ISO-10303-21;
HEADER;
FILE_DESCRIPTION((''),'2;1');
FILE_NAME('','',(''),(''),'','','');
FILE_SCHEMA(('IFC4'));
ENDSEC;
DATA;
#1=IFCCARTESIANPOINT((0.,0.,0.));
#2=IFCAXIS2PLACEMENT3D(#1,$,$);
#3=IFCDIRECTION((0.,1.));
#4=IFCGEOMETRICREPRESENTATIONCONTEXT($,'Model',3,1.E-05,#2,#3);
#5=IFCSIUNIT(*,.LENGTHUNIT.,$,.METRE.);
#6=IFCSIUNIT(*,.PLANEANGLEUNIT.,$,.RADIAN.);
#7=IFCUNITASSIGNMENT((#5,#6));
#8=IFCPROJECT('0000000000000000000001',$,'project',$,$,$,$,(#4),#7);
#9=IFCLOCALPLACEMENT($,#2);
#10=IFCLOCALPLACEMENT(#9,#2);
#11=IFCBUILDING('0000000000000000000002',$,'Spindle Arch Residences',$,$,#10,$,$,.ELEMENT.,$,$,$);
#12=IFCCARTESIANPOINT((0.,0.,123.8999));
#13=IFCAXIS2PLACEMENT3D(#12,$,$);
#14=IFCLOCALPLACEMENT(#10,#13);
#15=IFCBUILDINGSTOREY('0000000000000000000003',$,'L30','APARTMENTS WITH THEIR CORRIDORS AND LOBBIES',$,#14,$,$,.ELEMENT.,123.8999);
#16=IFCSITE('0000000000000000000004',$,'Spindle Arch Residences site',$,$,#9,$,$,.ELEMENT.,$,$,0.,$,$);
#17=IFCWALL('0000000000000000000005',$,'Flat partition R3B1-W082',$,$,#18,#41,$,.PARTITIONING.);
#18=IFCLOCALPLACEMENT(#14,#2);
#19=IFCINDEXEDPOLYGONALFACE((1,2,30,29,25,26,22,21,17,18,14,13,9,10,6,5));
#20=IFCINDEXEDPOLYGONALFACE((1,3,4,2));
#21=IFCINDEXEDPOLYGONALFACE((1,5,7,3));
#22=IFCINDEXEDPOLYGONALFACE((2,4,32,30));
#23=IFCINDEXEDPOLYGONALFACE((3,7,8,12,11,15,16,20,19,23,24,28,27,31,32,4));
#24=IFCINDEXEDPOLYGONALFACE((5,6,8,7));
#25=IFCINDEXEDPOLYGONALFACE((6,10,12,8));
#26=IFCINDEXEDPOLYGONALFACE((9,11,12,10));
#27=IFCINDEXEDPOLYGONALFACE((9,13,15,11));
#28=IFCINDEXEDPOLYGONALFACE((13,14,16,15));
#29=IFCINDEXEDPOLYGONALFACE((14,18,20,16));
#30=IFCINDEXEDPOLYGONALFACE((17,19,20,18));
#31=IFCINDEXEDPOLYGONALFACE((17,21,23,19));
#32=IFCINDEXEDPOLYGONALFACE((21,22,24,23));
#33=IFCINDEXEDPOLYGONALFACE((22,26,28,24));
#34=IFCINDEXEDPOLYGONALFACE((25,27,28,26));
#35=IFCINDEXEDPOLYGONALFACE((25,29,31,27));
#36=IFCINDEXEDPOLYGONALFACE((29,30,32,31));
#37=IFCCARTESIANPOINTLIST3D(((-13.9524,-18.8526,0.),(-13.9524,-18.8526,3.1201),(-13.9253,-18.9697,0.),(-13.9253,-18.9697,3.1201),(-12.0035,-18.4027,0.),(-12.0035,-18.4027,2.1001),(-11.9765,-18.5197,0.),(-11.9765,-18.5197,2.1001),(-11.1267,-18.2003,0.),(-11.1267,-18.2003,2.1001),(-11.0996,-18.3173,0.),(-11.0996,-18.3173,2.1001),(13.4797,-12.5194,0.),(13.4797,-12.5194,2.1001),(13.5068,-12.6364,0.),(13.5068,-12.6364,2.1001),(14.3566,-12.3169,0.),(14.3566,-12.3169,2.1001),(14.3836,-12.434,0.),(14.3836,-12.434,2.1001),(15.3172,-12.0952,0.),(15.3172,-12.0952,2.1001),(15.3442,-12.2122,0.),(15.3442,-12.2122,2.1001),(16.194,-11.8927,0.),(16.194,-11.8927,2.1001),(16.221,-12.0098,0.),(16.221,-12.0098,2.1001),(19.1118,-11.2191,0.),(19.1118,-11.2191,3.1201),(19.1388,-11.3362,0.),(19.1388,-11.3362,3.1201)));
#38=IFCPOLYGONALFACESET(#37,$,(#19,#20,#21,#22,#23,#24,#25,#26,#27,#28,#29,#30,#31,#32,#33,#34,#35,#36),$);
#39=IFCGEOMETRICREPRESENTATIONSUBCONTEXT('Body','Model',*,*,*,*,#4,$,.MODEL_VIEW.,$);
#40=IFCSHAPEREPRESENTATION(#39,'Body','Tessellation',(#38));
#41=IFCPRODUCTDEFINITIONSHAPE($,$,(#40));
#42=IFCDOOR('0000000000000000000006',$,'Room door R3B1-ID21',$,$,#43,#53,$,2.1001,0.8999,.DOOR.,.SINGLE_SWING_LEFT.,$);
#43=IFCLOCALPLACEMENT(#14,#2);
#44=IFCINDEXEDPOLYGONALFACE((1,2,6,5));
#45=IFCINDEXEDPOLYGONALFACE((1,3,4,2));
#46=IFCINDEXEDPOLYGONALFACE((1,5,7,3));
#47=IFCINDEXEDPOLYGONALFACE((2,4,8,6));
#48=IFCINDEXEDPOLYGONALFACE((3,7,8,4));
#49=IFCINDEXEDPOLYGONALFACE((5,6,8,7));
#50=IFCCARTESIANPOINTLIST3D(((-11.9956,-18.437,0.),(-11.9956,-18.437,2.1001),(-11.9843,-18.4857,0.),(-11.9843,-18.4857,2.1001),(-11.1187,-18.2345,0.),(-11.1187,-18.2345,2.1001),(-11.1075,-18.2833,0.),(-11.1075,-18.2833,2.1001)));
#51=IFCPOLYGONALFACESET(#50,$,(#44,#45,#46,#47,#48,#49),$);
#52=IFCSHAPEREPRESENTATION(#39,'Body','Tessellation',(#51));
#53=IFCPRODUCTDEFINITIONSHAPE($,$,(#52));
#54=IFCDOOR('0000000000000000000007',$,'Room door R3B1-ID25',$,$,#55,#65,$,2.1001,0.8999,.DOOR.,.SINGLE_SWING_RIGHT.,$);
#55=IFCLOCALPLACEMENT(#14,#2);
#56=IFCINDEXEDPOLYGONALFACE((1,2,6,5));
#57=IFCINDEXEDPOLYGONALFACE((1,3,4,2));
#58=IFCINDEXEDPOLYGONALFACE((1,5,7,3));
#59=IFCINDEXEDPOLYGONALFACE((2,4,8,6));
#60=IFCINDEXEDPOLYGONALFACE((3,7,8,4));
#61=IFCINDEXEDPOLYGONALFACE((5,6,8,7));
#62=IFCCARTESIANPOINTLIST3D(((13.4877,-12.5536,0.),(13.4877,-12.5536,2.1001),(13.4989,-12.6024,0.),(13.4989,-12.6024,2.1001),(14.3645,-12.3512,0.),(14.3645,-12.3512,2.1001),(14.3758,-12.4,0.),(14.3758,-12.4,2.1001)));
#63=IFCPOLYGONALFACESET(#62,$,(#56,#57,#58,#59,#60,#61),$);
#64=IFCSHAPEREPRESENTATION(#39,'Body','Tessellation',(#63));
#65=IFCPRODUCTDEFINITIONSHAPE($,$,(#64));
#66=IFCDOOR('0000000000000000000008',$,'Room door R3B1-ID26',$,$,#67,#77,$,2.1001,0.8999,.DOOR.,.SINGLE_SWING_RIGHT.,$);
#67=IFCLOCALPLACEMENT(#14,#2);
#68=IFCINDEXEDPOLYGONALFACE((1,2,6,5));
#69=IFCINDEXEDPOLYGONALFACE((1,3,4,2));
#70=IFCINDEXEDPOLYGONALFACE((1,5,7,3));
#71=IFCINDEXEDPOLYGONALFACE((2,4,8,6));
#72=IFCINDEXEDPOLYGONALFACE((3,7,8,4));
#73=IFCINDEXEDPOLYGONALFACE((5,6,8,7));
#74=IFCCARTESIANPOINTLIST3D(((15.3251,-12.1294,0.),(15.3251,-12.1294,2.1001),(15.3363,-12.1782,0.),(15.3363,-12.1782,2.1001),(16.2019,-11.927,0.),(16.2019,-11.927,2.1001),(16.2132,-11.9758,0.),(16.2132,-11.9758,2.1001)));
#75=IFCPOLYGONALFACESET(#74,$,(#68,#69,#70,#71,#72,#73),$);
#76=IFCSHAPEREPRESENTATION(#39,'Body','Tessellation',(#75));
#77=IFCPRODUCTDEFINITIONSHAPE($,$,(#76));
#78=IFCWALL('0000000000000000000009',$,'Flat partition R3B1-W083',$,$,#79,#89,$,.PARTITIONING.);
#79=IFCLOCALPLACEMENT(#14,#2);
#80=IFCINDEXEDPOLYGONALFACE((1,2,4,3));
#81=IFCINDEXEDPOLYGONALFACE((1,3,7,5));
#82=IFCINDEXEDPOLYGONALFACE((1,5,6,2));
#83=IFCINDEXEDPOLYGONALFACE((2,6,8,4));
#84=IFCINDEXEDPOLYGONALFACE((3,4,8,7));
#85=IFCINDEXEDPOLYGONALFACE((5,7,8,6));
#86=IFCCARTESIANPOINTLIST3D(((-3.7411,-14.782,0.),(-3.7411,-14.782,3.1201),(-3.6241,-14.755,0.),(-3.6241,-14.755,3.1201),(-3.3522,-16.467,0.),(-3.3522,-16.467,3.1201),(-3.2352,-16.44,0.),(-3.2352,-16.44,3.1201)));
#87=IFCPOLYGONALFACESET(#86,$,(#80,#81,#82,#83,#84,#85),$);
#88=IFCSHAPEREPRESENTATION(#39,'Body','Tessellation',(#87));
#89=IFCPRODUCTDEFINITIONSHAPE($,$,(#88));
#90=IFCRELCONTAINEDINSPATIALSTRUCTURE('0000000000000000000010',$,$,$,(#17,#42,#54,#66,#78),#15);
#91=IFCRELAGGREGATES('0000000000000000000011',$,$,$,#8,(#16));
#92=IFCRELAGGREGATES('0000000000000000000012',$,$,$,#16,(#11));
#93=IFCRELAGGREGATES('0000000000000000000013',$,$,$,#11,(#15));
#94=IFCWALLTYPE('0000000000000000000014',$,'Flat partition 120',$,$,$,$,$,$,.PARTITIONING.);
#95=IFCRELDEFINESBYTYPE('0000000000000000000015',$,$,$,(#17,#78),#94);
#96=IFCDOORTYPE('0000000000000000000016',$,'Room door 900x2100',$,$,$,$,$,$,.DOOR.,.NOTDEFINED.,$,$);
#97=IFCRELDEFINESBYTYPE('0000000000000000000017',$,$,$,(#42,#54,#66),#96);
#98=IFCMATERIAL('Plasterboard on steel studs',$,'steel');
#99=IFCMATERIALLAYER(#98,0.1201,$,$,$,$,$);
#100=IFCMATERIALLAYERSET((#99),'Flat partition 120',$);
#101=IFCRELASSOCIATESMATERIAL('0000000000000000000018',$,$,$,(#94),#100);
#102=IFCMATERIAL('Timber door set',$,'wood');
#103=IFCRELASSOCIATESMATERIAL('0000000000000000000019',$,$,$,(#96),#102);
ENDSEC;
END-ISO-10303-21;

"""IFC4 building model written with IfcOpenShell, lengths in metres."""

from ifc_helpers import new_model, si_unit, direction, frame, frame_2d, origin, place, context, subcontext, project, spatial, rectangle, extrude, material, layer, layer_set, type_object, element, fill, save


model = new_model("IFC4")

# Units and contexts
model_context = context("Model", 3, precision=1e-05, world=origin(), true_north=direction((0.0, 1.0)))
body_context = subcontext(model_context, "Body", "Model", "MODEL_VIEW")
ifc_project = project(units=[si_unit("LENGTHUNIT", "METRE"), si_unit("PLANEANGLEUNIT", "RADIAN")], contexts=[model_context])

# Site, building, storey
site_placement = place(None, origin())
site = spatial("IfcSite", under=ifc_project, at=site_placement, Name="Spindle Arch Residences site", CompositionType="ELEMENT", RefElevation=0.0)
building_placement = place(site_placement, origin())
building = spatial("IfcBuilding", under=site, at=building_placement, Name="Spindle Arch Residences", CompositionType="ELEMENT")
storey_placement = place(building_placement, frame((0.0, 0.0, 123.8999)))
storey = spatial("IfcBuildingStorey", under=building, at=storey_placement, Name="L30", Description="APARTMENTS WITH THEIR CORRIDORS AND LOBBIES", CompositionType="ELEMENT", Elevation=123.8999)

# Shared definitions
ifc_material_1 = material(Name="Plasterboard on steel studs", Category="steel")
ifc_layer_1 = layer(ifc_material_1, 0.1201)
ifc_layer_set_1 = layer_set([ifc_layer_1], Name="Flat partition 120")
wall_type = type_object("IfcWallType", Name="Flat partition 120", PredefinedType="PARTITIONING", material=ifc_layer_set_1)

# Shared definitions
ifc_material_2 = material(Name="Timber door set", Category="wood")
door_type = type_object("IfcDoorType", Name="Room door 900x2100", OperationType="NOTDEFINED", PredefinedType="DOOR", material=ifc_material_2)

# Wall, openings, doors
wall_1_placement = place(storey_placement, frame((-13.9387, -18.9111, 0.0), z_axis=(0.0, 0.0, 1.0), x_axis=(0.97437, 0.224953, 0.0)))
wall_1 = element("IfcWall", 1, at=wall_1_placement, inside=storey, type_object=wall_type, Name="Flat partition R3B1-W082", PredefinedType="PARTITIONING", context=body_context, shape_type="SweptSolid", body=[
    extrude(rectangle(XDim=33.9338, YDim=0.1201, at=frame_2d((16.9668, 0.0))), origin(), (0.0, 0.0, 1.0), 3.1201),
])
opening_1_placement = place(wall_1_placement, frame((2.0, 0.0, 0.0)))
opening_1 = element("IfcOpeningElement", 2, at=opening_1_placement, cuts=wall_1, PredefinedType="OPENING", context=body_context, shape_type="SweptSolid", body=[
    extrude(rectangle(XDim=0.8999, YDim=2.1001, at=frame_2d((0.45, 1.05))), frame((0.0, 0.0701, 0.0), z_axis=(0.0, -1.0, 0.0), x_axis=(1.0, 0.0, 0.0)), (0.0, 0.0, 1.0), 0.1401),
])
opening_2_placement = place(wall_1_placement, frame((28.1536, 0.0, 0.0)))
opening_2 = element("IfcOpeningElement", 3, at=opening_2_placement, cuts=wall_1, PredefinedType="OPENING", context=body_context, shape_type="SweptSolid", body=[
    extrude(rectangle(XDim=0.8999, YDim=2.1001, at=frame_2d((0.45, 1.05))), frame((0.0, 0.0701, 0.0), z_axis=(0.0, -1.0, 0.0), x_axis=(1.0, 0.0, 0.0)), (0.0, 0.0, 1.0), 0.1401),
])
opening_3_placement = place(wall_1_placement, frame((30.0393, 0.0, 0.0)))
opening_3 = element("IfcOpeningElement", 4, at=opening_3_placement, cuts=wall_1, PredefinedType="OPENING", context=body_context, shape_type="SweptSolid", body=[
    extrude(rectangle(XDim=0.8999, YDim=2.1001, at=frame_2d((0.45, 1.05))), frame((0.0, 0.0701, 0.0), z_axis=(0.0, -1.0, 0.0), x_axis=(1.0, 0.0, 0.0)), (0.0, 0.0, 1.0), 0.1401),
])
door_1_placement = place(opening_1_placement, origin())
door_1 = element("IfcDoor", 5, at=door_1_placement, inside=storey, type_object=door_type, Name="Room door R3B1-ID21", OperationType="SINGLE_SWING_LEFT", OverallHeight=2.1001, OverallWidth=0.8999, PredefinedType="DOOR", context=body_context, shape_type="SweptSolid", body=[
    extrude(rectangle(XDim=0.8999, YDim=2.1001, at=frame_2d((0.45, 1.05))), frame((0.0, 0.0249, 0.0), z_axis=(0.0, -1.0, 0.0), x_axis=(1.0, 0.0, 0.0)), (0.0, 0.0, 1.0), 0.05),
])
fill(opening_1, door_1)
door_2_placement = place(opening_2_placement, origin())
door_2 = element("IfcDoor", 6, at=door_2_placement, inside=storey, type_object=door_type, Name="Room door R3B1-ID25", OperationType="SINGLE_SWING_RIGHT", OverallHeight=2.1001, OverallWidth=0.8999, PredefinedType="DOOR", context=body_context, shape_type="SweptSolid", body=[
    extrude(rectangle(XDim=0.8999, YDim=2.1001, at=frame_2d((0.45, 1.05))), frame((0.0, 0.0249, 0.0), z_axis=(0.0, -1.0, 0.0), x_axis=(1.0, 0.0, 0.0)), (0.0, 0.0, 1.0), 0.05),
])
fill(opening_2, door_2)
door_3_placement = place(opening_3_placement, origin())
door_3 = element("IfcDoor", 7, at=door_3_placement, inside=storey, type_object=door_type, Name="Room door R3B1-ID26", OperationType="SINGLE_SWING_RIGHT", OverallHeight=2.1001, OverallWidth=0.8999, PredefinedType="DOOR", context=body_context, shape_type="SweptSolid", body=[
    extrude(rectangle(XDim=0.8999, YDim=2.1001, at=frame_2d((0.45, 1.05))), frame((0.0, 0.0249, 0.0), z_axis=(0.0, -1.0, 0.0), x_axis=(1.0, 0.0, 0.0)), (0.0, 0.0, 1.0), 0.05),
])
fill(opening_3, door_3)

# Wall
wall_2_placement = place(storey_placement, frame((-3.2937, -16.4536, 0.0), z_axis=(0.0, 0.0, 1.0), x_axis=(-0.22489, 0.974384, 0.0)))
element("IfcWall", 8, at=wall_2_placement, inside=storey, type_object=wall_type, Name="Flat partition R3B1-W083", PredefinedType="PARTITIONING", context=body_context, shape_type="SweptSolid", body=[
    extrude(rectangle(XDim=1.7292, YDim=0.1201, at=frame_2d((0.8647, 0.0))), origin(), (0.0, 0.0, 1.0), 3.1201),
])

save(model, "model.ifc")
